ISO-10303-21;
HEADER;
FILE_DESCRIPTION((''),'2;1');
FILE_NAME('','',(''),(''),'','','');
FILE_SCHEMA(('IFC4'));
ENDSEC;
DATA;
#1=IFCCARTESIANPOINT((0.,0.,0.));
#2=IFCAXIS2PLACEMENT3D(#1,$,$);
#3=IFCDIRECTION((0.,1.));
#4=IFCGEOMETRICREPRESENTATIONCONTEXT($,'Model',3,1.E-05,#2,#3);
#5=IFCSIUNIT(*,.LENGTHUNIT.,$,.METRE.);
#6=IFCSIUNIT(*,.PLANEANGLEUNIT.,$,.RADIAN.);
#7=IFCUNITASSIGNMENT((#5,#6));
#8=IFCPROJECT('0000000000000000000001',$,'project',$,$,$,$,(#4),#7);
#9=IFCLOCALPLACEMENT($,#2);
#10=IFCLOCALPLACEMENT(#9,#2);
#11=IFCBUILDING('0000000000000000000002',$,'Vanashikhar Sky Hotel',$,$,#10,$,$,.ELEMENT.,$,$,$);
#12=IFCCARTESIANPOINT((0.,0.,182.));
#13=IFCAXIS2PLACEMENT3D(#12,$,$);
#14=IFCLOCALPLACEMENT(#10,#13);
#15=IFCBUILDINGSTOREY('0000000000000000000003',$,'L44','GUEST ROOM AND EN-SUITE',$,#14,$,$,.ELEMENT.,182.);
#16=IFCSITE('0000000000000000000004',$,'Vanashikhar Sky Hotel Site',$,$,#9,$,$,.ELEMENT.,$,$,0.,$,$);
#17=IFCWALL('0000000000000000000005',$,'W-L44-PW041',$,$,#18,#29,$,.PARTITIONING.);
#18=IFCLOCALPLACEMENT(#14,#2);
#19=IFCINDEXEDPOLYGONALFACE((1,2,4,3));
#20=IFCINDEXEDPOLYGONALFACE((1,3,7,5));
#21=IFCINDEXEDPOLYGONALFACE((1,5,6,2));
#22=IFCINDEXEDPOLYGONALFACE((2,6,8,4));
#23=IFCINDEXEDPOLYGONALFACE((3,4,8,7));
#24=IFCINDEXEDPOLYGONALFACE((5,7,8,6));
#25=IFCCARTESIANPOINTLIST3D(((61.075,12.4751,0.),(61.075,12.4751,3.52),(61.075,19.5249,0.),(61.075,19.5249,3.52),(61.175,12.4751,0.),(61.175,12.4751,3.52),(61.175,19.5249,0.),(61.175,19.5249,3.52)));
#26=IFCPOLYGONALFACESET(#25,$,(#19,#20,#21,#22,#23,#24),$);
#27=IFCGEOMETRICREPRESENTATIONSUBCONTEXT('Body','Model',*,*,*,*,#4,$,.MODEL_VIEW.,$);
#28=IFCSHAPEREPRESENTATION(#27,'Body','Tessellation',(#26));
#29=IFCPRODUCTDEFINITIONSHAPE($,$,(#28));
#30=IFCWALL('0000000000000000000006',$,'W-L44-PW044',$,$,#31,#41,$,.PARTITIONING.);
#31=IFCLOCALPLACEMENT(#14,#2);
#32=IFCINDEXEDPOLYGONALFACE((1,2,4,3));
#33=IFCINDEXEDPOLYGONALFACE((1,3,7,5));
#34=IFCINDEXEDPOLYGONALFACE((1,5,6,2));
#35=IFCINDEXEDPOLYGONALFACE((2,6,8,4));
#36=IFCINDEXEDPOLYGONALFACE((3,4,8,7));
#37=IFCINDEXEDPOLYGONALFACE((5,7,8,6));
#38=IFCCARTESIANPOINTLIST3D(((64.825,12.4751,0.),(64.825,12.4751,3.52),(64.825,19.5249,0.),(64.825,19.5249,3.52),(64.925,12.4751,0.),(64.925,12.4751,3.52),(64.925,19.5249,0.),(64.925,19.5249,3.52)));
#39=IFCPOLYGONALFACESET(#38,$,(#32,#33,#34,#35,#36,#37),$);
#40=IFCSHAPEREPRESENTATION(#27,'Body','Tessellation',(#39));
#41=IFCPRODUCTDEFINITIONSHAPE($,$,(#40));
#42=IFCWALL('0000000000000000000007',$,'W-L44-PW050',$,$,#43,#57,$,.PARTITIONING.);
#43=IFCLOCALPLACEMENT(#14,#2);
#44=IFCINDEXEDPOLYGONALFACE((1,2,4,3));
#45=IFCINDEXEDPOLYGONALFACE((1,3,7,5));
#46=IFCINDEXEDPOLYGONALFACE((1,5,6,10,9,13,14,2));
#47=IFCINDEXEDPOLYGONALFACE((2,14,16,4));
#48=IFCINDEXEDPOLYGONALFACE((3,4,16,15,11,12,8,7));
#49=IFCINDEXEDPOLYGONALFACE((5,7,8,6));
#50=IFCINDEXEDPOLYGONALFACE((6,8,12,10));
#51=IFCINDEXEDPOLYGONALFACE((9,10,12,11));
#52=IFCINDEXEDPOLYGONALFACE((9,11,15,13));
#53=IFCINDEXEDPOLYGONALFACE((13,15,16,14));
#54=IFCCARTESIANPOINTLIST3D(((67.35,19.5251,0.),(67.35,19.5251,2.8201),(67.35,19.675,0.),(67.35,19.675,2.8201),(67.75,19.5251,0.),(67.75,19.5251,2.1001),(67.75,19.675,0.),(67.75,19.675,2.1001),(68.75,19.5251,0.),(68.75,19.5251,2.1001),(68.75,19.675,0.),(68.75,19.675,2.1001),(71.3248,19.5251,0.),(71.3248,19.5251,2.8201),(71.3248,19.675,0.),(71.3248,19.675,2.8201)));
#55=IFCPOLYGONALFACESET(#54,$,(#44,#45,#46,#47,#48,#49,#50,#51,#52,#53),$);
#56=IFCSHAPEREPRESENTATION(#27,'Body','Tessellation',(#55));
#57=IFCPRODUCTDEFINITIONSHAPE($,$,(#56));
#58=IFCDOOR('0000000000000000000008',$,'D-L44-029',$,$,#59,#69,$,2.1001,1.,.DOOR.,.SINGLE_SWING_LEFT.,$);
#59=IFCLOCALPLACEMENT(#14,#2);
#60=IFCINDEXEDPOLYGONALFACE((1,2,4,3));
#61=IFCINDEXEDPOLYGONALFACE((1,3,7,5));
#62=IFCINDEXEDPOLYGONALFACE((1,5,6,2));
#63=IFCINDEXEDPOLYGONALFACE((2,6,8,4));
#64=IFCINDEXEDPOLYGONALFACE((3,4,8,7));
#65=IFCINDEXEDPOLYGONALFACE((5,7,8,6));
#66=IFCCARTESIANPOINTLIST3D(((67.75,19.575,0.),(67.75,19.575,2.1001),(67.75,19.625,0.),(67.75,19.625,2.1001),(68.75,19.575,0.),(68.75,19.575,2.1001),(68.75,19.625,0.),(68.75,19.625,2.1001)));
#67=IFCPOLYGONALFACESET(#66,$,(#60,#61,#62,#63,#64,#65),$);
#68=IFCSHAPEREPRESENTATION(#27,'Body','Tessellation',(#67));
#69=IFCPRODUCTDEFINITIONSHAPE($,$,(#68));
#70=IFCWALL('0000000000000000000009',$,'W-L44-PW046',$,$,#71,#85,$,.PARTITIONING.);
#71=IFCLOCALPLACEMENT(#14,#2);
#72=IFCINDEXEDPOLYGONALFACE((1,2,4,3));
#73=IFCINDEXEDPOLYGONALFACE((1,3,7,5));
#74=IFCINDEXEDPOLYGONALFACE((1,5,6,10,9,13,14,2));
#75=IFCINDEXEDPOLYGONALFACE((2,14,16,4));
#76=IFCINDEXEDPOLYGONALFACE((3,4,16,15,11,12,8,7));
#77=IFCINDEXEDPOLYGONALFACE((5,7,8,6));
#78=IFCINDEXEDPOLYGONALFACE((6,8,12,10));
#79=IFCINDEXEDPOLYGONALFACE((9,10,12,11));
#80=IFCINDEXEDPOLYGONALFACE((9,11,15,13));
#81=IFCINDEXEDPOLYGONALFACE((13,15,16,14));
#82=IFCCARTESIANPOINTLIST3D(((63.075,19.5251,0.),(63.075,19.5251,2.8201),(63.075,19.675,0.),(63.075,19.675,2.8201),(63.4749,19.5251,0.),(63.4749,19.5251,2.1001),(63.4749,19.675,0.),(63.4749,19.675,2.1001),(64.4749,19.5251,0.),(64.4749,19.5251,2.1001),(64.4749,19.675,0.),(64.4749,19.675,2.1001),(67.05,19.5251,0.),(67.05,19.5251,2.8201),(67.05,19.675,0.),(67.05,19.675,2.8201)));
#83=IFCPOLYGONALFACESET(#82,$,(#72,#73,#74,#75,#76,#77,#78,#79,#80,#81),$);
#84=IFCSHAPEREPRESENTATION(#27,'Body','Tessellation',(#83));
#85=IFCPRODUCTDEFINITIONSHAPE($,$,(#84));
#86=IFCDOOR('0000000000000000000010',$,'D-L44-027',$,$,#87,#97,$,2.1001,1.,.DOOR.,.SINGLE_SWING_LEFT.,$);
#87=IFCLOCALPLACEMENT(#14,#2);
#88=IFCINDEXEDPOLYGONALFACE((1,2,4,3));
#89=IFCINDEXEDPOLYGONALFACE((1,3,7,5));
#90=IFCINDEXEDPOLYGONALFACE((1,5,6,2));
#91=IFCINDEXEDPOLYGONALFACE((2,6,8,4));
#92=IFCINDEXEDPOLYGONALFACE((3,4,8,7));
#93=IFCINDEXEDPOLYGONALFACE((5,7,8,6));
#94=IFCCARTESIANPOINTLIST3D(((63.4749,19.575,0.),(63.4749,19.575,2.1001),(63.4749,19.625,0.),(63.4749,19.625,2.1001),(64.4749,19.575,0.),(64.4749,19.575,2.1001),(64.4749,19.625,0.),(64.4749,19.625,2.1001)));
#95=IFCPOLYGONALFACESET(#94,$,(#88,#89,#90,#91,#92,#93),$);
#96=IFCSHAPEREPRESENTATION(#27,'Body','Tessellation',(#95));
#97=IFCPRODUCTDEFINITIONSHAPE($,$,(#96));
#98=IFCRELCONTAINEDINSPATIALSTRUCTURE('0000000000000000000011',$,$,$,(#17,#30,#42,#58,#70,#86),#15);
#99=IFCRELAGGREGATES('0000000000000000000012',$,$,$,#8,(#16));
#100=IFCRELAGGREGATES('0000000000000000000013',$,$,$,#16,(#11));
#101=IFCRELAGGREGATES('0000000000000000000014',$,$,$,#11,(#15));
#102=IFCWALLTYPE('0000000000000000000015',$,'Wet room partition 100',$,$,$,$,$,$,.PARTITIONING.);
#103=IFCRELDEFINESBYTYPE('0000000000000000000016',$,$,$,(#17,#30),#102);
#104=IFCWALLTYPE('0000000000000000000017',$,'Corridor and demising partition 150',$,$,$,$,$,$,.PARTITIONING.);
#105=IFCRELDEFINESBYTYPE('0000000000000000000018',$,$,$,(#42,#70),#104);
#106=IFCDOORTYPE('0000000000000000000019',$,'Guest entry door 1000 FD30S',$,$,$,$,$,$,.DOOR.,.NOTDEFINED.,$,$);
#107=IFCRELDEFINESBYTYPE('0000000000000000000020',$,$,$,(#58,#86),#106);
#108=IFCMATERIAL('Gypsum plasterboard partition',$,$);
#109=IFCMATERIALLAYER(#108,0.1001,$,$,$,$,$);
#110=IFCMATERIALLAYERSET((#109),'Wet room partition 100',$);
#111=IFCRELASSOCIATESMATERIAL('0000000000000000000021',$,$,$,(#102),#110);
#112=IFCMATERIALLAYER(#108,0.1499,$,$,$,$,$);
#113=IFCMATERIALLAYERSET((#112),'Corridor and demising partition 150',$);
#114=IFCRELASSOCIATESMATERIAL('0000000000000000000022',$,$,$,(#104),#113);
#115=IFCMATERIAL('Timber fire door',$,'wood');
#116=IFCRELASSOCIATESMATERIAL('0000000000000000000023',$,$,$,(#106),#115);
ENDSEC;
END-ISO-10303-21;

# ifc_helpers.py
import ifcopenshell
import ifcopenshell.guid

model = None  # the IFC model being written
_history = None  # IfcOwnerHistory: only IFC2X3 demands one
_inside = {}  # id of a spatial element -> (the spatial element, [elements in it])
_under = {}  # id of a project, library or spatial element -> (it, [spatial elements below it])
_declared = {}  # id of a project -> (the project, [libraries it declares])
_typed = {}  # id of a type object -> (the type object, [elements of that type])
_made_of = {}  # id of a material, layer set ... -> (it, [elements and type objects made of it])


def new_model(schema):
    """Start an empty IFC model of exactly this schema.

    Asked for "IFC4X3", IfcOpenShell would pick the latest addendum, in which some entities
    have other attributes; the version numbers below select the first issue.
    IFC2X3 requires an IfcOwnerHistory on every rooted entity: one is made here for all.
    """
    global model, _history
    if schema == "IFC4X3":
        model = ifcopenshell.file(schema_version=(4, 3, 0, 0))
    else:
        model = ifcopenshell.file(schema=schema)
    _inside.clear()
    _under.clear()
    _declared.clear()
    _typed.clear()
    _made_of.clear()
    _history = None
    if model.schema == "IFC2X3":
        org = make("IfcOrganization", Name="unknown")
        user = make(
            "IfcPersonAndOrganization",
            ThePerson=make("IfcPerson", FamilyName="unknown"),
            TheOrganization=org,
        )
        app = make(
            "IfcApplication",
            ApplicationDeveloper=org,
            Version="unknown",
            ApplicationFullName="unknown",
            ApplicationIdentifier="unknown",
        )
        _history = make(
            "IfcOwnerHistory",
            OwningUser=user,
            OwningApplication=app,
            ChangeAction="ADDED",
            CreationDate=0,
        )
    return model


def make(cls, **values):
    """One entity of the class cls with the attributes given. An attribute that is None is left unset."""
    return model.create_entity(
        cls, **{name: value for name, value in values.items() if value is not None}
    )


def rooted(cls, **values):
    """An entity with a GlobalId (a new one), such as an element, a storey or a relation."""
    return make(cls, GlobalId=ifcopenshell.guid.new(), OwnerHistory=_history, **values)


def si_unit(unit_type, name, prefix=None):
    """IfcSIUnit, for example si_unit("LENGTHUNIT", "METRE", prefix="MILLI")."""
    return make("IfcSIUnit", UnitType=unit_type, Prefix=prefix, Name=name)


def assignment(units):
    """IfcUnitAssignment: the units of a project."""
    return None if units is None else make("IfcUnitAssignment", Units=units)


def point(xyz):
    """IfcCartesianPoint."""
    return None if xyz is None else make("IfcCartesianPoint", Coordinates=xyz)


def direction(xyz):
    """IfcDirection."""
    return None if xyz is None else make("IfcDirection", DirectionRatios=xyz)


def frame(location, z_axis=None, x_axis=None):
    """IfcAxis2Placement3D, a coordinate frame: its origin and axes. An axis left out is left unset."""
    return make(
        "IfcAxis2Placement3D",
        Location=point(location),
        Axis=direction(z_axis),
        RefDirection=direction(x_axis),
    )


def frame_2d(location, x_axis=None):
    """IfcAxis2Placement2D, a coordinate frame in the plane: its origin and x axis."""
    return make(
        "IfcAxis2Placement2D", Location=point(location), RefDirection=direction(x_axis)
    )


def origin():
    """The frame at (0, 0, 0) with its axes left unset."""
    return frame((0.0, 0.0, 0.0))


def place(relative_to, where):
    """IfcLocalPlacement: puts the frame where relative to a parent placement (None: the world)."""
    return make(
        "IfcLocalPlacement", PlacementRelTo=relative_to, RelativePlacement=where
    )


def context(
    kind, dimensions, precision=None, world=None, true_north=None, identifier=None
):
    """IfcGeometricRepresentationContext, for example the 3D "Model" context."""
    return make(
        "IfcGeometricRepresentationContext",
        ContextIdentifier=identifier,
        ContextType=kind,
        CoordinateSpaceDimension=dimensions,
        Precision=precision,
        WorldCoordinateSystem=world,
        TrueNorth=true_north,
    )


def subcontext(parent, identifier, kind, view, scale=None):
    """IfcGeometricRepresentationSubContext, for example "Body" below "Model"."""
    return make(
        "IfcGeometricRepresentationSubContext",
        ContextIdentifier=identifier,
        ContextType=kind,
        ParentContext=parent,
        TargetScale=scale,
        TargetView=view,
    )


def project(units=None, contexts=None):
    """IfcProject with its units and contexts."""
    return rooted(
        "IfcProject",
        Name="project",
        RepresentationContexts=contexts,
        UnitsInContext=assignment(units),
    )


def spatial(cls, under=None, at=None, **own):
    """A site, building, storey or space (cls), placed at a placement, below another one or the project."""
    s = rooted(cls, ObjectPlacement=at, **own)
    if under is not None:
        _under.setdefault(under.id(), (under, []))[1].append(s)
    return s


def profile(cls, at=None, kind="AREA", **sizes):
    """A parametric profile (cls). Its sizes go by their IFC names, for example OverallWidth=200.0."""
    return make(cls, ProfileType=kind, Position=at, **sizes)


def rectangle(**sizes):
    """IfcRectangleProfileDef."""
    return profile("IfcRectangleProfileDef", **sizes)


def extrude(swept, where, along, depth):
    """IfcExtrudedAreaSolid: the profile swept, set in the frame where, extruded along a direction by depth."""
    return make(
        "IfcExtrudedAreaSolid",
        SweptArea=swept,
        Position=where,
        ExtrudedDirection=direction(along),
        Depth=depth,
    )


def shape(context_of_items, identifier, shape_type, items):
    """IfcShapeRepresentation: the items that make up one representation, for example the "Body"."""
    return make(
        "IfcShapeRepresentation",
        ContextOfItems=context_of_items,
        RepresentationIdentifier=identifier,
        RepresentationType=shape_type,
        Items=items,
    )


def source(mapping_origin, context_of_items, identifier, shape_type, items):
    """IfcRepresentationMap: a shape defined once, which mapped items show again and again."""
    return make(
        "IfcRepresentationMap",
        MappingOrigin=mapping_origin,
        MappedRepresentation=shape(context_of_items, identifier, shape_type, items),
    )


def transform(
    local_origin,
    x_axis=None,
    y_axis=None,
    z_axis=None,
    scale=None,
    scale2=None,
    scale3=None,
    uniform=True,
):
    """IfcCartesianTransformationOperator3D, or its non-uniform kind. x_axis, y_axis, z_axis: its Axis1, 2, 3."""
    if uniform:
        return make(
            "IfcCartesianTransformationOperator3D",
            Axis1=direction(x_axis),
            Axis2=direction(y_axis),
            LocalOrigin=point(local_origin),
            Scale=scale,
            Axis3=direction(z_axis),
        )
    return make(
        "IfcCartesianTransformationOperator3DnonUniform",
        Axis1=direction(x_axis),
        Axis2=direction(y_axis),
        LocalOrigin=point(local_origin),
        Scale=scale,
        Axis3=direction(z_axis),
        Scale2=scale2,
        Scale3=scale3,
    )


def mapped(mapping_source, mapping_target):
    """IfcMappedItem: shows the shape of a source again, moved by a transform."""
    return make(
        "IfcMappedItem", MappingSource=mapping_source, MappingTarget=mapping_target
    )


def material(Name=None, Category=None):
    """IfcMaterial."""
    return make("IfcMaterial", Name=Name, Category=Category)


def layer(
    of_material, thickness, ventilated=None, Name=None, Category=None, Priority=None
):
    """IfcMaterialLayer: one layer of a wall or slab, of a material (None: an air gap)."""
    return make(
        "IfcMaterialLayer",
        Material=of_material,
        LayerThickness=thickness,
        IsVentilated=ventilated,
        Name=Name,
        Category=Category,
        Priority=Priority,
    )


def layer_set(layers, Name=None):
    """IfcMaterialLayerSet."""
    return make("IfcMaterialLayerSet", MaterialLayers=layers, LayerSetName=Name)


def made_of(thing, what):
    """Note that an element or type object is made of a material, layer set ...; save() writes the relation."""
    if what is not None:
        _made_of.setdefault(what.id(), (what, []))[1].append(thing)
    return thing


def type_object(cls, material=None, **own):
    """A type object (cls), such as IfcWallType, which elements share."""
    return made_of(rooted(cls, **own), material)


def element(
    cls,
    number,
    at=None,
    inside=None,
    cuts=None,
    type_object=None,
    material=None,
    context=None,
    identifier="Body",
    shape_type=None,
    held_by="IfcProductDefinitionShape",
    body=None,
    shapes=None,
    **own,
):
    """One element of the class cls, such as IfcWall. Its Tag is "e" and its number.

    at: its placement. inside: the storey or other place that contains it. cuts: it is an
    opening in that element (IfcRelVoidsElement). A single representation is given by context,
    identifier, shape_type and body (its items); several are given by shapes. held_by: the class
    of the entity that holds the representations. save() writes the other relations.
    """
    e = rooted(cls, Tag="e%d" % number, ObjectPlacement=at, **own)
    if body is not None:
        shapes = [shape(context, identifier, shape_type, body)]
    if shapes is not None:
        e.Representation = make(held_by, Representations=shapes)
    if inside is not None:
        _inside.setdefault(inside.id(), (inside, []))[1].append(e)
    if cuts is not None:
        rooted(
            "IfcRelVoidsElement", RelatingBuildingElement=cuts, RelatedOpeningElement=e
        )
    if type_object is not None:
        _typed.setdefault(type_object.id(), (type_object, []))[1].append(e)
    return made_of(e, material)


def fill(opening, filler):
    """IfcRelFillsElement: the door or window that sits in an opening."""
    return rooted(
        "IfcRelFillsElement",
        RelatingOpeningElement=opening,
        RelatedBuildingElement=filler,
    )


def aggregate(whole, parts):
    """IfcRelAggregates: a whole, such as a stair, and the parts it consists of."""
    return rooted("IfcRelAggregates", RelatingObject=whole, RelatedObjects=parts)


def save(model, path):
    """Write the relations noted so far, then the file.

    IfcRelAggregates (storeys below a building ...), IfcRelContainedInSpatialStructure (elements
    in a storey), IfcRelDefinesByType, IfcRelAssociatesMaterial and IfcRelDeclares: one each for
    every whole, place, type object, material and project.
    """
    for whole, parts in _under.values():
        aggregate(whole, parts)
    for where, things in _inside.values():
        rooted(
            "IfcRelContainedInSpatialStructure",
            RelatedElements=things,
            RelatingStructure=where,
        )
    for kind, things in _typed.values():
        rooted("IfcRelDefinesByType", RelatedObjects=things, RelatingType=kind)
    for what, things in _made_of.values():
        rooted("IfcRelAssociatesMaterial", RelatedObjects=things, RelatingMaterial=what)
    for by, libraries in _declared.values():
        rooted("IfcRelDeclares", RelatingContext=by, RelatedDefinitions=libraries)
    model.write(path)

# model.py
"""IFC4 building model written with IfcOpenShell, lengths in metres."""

from ifc_helpers import new_model, si_unit, direction, frame, frame_2d, origin, place, context, subcontext, project, spatial, rectangle, extrude, source, transform, mapped, material, layer, layer_set, type_object, element, fill, save


model = new_model("IFC4")

# Units and contexts
model_context = context("Model", 3, precision=1e-05, world=origin(), true_north=direction((0.0, 1.0)))
body_context = subcontext(model_context, "Body", "Model", "MODEL_VIEW")
ifc_project = project(units=[si_unit("LENGTHUNIT", "METRE"), si_unit("PLANEANGLEUNIT", "RADIAN")], contexts=[model_context])

# Site, building, storey
site_placement = place(None, origin())
site = spatial("IfcSite", under=ifc_project, at=site_placement, Name="Vanashikhar Sky Hotel Site", CompositionType="ELEMENT", RefElevation=0.0)
building_placement = place(site_placement, origin())
building = spatial("IfcBuilding", under=site, at=building_placement, Name="Vanashikhar Sky Hotel", CompositionType="ELEMENT")
storey_placement = place(building_placement, frame((0.0, 0.0, 182.0)))
storey = spatial("IfcBuildingStorey", under=building, at=storey_placement, Name="L44", Description="GUEST ROOM AND EN-SUITE", CompositionType="ELEMENT", Elevation=182.0)

# Walls
ifc_material_1 = material(Name="Gypsum plasterboard partition")
ifc_layer_1 = layer(ifc_material_1, 0.1001)
ifc_layer_set_1 = layer_set([ifc_layer_1], Name="Wet room partition 100")
wall_type_1 = type_object("IfcWallType", Name="Wet room partition 100", PredefinedType="PARTITIONING", material=ifc_layer_set_1)
shared_shape_1 = source(origin(), body_context, "Body", "SweptSolid", [
    extrude(rectangle(XDim=7.0498, YDim=0.1001, at=frame_2d((3.5249, 0.0))), origin(), (0.0, 0.0, 1.0), 3.52),
])
for number, where, z_axis, x_axis, name in (
    (1, (61.125, 12.4751, 0.0), (0.0, 0.0, 1.0), (0.0, 1.0, 0.0), "W-L44-PW041"),
    (2, (64.875, 12.4751, 0.0), (0.0, 0.0, 1.0), (0.0, 1.0, 0.0), "W-L44-PW044"),
):
    element("IfcWall", number, at=place(storey_placement, frame(where, z_axis=z_axis, x_axis=x_axis)), inside=storey, type_object=wall_type_1, Name=name, PredefinedType="PARTITIONING", context=body_context, shape_type="MappedRepresentation", body=[
        mapped(shared_shape_1, transform((0.0, 0.0, 0.0), scale=1.0)),
    ])

# Walls, openings, doors
ifc_layer_2 = layer(ifc_material_1, 0.1499)
ifc_layer_set_2 = layer_set([ifc_layer_2], Name="Corridor and demising partition 150")
wall_type_2 = type_object("IfcWallType", Name="Corridor and demising partition 150", PredefinedType="PARTITIONING", material=ifc_layer_set_2)
shared_shape_2 = source(origin(), body_context, "Body", "SweptSolid", [
    extrude(rectangle(XDim=3.9749, YDim=0.1499, at=frame_2d((1.9873, 0.0))), origin(), (0.0, 0.0, 1.0), 2.8201),
])
wall_1_placement = place(storey_placement, frame((67.3501, 19.6001, 0.0), z_axis=(0.0, 0.0, 1.0), x_axis=(1.0, 0.0, 0.0)))
wall_1 = element("IfcWall", 3, at=wall_1_placement, inside=storey, type_object=wall_type_2, Name="W-L44-PW050", PredefinedType="PARTITIONING", context=body_context, shape_type="MappedRepresentation", body=[
    mapped(shared_shape_2, transform((0.0, 0.0, 0.0), scale=1.0)),
])
shared_shape_3 = source(origin(), body_context, "Body", "SweptSolid", [
    extrude(rectangle(XDim=1.0, YDim=2.1001, at=frame_2d((0.5, 1.05))), frame((0.0, 0.085, 0.0), z_axis=(0.0, -1.0, 0.0), x_axis=(1.0, 0.0, 0.0)), (0.0, 0.0, 1.0), 0.1699),
])
opening_1_placement = place(wall_1_placement, frame((0.3999, 0.0, 0.0)))
opening_1 = element("IfcOpeningElement", 4, at=opening_1_placement, cuts=wall_1, PredefinedType="OPENING", context=body_context, shape_type="MappedRepresentation", body=[
    mapped(shared_shape_3, transform((0.0, 0.0, 0.0), scale=1.0)),
])
ifc_material_2 = material(Name="Timber fire door", Category="wood")
door_type_1 = type_object("IfcDoorType", Name="Guest entry door 1000 FD30S", OperationType="NOTDEFINED", PredefinedType="DOOR", material=ifc_material_2)
shared_shape_4 = source(origin(), body_context, "Body", "SweptSolid", [
    extrude(rectangle(XDim=1.0, YDim=2.1001, at=frame_2d((0.5, 1.05))), frame((0.0, 0.0249, 0.0), z_axis=(0.0, -1.0, 0.0), x_axis=(1.0, 0.0, 0.0)), (0.0, 0.0, 1.0), 0.05),
])
door_1_placement = place(opening_1_placement, origin())
door_1 = element("IfcDoor", 5, at=door_1_placement, inside=storey, type_object=door_type_1, Name="D-L44-029", OperationType="SINGLE_SWING_LEFT", OverallHeight=2.1001, OverallWidth=1.0, PredefinedType="DOOR", context=body_context, shape_type="MappedRepresentation", body=[
    mapped(shared_shape_4, transform((0.0, 0.0, 0.0), scale=1.0)),
])
fill(opening_1, door_1)
shared_shape_5 = source(origin(), body_context, "Body", "SweptSolid", [
    extrude(rectangle(XDim=3.9751, YDim=0.1499, at=frame_2d((1.9875, 0.0))), origin(), (0.0, 0.0, 1.0), 2.8201),
])
wall_2_placement = place(storey_placement, frame((63.075, 19.6001, 0.0), z_axis=(0.0, 0.0, 1.0), x_axis=(1.0, 0.0, 0.0)))
wall_2 = element("IfcWall", 6, at=wall_2_placement, inside=storey, type_object=wall_type_2, Name="W-L44-PW046", PredefinedType="PARTITIONING", context=body_context, shape_type="MappedRepresentation", body=[
    mapped(shared_shape_5, transform((0.0, 0.0, 0.0), scale=1.0)),
])
opening_2_placement = place(wall_2_placement, frame((0.3999, 0.0, 0.0)))
opening_2 = element("IfcOpeningElement", 7, at=opening_2_placement, cuts=wall_2, PredefinedType="OPENING", context=body_context, shape_type="MappedRepresentation", body=[
    mapped(shared_shape_3, transform((0.0, 0.0, 0.0), scale=1.0)),
])
door_2_placement = place(opening_2_placement, origin())
door_2 = element("IfcDoor", 8, at=door_2_placement, inside=storey, type_object=door_type_1, Name="D-L44-027", OperationType="SINGLE_SWING_LEFT", OverallHeight=2.1001, OverallWidth=1.0, PredefinedType="DOOR", context=body_context, shape_type="MappedRepresentation", body=[
    mapped(shared_shape_4, transform((0.0, 0.0, 0.0), scale=1.0)),
])
fill(opening_2, door_2)

save(model, "model.ifc")
